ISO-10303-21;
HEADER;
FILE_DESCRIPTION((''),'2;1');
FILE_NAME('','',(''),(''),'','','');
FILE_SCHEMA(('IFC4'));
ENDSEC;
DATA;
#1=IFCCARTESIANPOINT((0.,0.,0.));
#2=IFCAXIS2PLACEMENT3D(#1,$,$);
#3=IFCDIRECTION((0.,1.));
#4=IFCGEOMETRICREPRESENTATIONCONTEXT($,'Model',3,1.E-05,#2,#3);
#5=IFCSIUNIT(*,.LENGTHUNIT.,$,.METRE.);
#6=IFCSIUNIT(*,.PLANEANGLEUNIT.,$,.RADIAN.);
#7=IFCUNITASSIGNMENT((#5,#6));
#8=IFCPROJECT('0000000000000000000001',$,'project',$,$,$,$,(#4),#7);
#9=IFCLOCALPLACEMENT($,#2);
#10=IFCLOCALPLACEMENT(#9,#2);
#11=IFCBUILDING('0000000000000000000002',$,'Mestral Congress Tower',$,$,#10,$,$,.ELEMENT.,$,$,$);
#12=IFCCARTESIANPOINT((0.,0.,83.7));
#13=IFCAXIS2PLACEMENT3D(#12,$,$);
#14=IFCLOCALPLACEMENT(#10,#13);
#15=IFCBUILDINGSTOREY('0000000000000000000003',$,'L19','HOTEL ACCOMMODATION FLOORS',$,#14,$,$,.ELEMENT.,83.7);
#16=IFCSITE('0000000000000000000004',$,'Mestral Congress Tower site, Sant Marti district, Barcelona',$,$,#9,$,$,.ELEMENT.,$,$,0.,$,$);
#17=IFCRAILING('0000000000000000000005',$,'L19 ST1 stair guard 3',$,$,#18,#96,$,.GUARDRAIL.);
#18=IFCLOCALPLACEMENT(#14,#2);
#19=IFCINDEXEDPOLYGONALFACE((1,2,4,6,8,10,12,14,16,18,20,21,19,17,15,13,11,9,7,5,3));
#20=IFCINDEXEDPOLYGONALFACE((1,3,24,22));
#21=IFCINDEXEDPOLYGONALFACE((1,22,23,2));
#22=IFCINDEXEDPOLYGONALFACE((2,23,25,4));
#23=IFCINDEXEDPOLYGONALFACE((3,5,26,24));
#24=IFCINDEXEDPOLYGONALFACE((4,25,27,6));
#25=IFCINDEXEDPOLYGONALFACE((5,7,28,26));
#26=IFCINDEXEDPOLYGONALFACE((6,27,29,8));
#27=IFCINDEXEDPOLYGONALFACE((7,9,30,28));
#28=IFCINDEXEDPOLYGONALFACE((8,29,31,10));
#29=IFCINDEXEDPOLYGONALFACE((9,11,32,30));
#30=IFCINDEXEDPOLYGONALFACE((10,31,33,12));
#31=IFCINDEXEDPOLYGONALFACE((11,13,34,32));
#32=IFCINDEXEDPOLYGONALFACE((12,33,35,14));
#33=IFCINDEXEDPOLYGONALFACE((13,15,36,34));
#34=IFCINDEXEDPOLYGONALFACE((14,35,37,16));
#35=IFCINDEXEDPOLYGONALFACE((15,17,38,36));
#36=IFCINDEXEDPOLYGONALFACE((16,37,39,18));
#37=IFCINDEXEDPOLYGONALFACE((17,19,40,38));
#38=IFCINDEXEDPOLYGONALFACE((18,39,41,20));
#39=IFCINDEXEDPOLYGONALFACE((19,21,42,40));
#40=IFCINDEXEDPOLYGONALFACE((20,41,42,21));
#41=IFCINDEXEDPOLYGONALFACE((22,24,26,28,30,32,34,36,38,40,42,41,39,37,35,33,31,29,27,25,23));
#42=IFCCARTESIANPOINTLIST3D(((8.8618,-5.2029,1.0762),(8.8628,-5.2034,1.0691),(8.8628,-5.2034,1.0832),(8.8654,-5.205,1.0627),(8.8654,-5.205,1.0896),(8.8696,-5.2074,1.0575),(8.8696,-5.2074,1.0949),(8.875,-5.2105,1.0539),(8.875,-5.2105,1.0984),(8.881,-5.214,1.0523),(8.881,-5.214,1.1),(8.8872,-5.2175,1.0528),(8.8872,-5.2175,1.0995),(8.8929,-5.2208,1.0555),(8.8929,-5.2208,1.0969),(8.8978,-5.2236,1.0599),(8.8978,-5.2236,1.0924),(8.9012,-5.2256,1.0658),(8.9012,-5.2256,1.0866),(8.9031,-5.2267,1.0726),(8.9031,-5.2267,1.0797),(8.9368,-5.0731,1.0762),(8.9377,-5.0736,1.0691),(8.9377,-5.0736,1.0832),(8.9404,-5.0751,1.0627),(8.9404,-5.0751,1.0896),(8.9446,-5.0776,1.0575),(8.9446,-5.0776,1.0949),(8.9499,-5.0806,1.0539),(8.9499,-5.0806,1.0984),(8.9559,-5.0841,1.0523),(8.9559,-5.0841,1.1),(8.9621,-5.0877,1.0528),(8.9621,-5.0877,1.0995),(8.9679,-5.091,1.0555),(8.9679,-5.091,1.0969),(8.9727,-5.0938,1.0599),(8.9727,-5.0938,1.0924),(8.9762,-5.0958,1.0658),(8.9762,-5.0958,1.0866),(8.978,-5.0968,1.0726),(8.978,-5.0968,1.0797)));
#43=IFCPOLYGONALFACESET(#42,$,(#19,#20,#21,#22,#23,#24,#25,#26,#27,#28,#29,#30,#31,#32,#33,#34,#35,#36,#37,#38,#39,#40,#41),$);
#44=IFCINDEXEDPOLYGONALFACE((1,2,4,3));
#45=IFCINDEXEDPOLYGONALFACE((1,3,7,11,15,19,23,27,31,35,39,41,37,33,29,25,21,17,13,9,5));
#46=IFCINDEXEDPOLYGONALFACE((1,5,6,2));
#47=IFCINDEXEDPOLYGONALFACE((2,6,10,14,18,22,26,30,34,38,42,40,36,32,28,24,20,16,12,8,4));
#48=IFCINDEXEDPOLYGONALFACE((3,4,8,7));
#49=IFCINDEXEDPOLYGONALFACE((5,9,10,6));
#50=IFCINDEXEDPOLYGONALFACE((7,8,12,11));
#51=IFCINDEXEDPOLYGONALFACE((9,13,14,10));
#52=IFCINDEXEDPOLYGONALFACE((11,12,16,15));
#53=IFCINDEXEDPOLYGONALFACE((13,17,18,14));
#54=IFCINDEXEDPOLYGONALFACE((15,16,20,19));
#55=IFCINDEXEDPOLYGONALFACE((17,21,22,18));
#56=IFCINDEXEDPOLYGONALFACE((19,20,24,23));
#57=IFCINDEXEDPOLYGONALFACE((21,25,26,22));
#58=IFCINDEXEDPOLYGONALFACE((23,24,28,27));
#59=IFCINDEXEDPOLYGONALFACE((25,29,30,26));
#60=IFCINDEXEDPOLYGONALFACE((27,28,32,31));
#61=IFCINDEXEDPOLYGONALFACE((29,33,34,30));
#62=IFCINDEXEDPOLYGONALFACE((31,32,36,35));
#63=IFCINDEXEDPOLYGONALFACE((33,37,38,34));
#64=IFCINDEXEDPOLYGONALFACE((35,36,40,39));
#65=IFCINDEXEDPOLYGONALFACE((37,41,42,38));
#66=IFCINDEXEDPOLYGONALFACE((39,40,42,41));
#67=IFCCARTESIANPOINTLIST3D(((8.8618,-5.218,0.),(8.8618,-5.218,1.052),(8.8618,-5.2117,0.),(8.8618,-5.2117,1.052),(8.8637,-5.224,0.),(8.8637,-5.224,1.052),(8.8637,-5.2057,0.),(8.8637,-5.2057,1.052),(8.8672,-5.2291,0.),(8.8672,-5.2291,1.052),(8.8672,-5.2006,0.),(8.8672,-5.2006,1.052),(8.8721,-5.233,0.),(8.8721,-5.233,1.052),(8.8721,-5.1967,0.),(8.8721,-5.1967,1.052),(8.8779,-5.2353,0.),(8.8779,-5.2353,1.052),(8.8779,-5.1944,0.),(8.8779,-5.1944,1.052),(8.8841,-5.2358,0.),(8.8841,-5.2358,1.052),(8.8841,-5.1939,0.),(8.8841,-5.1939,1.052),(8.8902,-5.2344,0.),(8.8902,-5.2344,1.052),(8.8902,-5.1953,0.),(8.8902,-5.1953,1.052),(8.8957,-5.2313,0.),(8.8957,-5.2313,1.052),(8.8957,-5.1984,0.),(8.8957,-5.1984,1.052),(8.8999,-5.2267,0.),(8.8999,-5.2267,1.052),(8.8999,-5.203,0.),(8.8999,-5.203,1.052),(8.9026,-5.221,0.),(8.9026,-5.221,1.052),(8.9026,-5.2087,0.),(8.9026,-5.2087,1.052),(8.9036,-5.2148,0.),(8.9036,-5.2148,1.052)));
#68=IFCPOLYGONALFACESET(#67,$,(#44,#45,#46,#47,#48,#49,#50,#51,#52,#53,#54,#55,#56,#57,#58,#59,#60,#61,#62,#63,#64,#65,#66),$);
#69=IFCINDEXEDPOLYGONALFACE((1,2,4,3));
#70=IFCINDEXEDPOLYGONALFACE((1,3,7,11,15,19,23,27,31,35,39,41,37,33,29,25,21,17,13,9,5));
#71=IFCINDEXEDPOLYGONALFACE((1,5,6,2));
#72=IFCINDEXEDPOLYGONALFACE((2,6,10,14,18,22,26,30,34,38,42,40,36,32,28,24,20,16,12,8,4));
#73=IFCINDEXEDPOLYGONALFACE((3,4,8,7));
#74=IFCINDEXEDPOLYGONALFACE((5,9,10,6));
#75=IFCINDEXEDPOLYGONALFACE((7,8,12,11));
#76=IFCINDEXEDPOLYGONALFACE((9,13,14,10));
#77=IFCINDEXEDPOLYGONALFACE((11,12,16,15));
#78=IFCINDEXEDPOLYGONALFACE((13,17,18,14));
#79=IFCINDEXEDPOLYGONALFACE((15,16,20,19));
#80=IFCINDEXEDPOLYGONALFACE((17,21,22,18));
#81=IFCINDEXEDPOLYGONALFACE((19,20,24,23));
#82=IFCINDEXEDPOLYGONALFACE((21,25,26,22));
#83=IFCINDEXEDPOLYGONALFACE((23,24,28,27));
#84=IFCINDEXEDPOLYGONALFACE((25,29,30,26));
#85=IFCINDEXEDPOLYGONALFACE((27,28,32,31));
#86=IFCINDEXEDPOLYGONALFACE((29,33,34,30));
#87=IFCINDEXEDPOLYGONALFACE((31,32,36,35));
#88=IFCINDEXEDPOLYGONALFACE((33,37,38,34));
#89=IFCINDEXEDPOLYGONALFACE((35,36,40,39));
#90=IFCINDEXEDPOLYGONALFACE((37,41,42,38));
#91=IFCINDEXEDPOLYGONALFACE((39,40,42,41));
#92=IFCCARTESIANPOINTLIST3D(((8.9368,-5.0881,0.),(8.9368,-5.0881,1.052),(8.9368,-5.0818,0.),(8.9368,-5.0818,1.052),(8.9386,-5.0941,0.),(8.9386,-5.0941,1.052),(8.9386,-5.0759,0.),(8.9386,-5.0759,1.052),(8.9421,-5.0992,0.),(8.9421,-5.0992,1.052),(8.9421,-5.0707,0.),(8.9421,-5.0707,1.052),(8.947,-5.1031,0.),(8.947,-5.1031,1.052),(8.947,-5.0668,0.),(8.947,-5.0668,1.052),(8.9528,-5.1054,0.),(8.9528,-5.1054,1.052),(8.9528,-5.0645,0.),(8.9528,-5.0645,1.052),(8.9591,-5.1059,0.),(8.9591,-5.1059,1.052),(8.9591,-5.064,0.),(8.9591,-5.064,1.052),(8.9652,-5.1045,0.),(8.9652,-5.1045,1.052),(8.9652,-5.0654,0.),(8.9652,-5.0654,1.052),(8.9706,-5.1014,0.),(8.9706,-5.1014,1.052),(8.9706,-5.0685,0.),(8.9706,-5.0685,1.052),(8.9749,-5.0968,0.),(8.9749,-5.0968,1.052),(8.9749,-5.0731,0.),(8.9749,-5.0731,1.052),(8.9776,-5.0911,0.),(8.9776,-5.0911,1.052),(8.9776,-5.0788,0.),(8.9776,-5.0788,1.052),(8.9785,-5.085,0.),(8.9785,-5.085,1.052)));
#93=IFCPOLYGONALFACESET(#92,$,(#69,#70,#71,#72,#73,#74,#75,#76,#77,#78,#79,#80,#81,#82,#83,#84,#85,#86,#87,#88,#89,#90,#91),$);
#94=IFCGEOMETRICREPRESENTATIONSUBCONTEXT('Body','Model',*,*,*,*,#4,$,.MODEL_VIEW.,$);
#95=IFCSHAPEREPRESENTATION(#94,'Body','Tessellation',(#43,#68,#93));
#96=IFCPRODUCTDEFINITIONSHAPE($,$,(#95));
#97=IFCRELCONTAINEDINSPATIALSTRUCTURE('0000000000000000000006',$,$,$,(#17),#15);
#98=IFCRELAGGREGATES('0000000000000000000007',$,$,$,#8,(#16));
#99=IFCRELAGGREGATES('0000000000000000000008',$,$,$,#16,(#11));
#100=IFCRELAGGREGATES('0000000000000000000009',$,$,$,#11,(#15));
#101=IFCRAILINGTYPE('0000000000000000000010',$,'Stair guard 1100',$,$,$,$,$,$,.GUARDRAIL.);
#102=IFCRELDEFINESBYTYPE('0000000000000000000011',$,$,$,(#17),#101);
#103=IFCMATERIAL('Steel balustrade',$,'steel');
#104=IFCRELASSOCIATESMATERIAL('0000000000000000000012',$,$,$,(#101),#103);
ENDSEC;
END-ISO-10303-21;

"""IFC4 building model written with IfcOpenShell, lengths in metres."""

from ifc_helpers import new_model, si_unit, direction, frame, origin, origin_2d, place, context, subcontext, project, spatial, circle, extrude, material, type_object, element, save


model = new_model("IFC4")

# Units and contexts
model_context = context("Model", 3, precision=1e-05, world=origin(), true_north=direction((0.0, 1.0)))
body_context = subcontext(model_context, "Body", "Model", "MODEL_VIEW")
ifc_project = project(units=[si_unit("LENGTHUNIT", "METRE"), si_unit("PLANEANGLEUNIT", "RADIAN")], contexts=[model_context])

# Site, building, storey
site_placement = place(None, origin())
site = spatial("IfcSite", under=ifc_project, at=site_placement, Name="Mestral Congress Tower site, Sant Marti district, Barcelona", CompositionType="ELEMENT", RefElevation=0.0)
building_placement = place(site_placement, origin())
building = spatial("IfcBuilding", under=site, at=building_placement, Name="Mestral Congress Tower", CompositionType="ELEMENT")
storey_placement = place(building_placement, frame((0.0, 0.0, 83.7)))
storey = spatial("IfcBuildingStorey", under=building, at=storey_placement, Name="L19", Description="HOTEL ACCOMMODATION FLOORS", CompositionType="ELEMENT", Elevation=83.7)

# Railing
ifc_material_1 = material(Name="Steel balustrade", Category="steel")
railing_type_1 = type_object("IfcRailingType", Name="Stair guard 1100", PredefinedType="GUARDRAIL", material=ifc_material_1)
railing_1_placement = place(storey_placement, frame((8.8826, -5.2148, 0.0)))
element("IfcRailing", 1, at=railing_1_placement, inside=storey, type_object=railing_type_1, Name="L19 ST1 stair guard 3", PredefinedType="GUARDRAIL", context=body_context, shape_type="SweptSolid", body=[
    extrude(circle(Radius=0.0239, at=origin_2d()), frame((0.0, 0.0, 1.0762), z_axis=(0.499816, 0.866131, 0.0), x_axis=(-0.866131, 0.499816, 0.0)), (0.0, 0.0, 1.0), 0.1499),
    extrude(circle(Radius=0.021, at=origin_2d()), origin(), (0.0, 0.0, 1.0), 1.052),
    extrude(circle(Radius=0.021, at=origin_2d()), frame((0.075, 0.1299, 0.0)), (0.0, 0.0, 1.0), 1.052),
])

save(model, "model.ifc")
